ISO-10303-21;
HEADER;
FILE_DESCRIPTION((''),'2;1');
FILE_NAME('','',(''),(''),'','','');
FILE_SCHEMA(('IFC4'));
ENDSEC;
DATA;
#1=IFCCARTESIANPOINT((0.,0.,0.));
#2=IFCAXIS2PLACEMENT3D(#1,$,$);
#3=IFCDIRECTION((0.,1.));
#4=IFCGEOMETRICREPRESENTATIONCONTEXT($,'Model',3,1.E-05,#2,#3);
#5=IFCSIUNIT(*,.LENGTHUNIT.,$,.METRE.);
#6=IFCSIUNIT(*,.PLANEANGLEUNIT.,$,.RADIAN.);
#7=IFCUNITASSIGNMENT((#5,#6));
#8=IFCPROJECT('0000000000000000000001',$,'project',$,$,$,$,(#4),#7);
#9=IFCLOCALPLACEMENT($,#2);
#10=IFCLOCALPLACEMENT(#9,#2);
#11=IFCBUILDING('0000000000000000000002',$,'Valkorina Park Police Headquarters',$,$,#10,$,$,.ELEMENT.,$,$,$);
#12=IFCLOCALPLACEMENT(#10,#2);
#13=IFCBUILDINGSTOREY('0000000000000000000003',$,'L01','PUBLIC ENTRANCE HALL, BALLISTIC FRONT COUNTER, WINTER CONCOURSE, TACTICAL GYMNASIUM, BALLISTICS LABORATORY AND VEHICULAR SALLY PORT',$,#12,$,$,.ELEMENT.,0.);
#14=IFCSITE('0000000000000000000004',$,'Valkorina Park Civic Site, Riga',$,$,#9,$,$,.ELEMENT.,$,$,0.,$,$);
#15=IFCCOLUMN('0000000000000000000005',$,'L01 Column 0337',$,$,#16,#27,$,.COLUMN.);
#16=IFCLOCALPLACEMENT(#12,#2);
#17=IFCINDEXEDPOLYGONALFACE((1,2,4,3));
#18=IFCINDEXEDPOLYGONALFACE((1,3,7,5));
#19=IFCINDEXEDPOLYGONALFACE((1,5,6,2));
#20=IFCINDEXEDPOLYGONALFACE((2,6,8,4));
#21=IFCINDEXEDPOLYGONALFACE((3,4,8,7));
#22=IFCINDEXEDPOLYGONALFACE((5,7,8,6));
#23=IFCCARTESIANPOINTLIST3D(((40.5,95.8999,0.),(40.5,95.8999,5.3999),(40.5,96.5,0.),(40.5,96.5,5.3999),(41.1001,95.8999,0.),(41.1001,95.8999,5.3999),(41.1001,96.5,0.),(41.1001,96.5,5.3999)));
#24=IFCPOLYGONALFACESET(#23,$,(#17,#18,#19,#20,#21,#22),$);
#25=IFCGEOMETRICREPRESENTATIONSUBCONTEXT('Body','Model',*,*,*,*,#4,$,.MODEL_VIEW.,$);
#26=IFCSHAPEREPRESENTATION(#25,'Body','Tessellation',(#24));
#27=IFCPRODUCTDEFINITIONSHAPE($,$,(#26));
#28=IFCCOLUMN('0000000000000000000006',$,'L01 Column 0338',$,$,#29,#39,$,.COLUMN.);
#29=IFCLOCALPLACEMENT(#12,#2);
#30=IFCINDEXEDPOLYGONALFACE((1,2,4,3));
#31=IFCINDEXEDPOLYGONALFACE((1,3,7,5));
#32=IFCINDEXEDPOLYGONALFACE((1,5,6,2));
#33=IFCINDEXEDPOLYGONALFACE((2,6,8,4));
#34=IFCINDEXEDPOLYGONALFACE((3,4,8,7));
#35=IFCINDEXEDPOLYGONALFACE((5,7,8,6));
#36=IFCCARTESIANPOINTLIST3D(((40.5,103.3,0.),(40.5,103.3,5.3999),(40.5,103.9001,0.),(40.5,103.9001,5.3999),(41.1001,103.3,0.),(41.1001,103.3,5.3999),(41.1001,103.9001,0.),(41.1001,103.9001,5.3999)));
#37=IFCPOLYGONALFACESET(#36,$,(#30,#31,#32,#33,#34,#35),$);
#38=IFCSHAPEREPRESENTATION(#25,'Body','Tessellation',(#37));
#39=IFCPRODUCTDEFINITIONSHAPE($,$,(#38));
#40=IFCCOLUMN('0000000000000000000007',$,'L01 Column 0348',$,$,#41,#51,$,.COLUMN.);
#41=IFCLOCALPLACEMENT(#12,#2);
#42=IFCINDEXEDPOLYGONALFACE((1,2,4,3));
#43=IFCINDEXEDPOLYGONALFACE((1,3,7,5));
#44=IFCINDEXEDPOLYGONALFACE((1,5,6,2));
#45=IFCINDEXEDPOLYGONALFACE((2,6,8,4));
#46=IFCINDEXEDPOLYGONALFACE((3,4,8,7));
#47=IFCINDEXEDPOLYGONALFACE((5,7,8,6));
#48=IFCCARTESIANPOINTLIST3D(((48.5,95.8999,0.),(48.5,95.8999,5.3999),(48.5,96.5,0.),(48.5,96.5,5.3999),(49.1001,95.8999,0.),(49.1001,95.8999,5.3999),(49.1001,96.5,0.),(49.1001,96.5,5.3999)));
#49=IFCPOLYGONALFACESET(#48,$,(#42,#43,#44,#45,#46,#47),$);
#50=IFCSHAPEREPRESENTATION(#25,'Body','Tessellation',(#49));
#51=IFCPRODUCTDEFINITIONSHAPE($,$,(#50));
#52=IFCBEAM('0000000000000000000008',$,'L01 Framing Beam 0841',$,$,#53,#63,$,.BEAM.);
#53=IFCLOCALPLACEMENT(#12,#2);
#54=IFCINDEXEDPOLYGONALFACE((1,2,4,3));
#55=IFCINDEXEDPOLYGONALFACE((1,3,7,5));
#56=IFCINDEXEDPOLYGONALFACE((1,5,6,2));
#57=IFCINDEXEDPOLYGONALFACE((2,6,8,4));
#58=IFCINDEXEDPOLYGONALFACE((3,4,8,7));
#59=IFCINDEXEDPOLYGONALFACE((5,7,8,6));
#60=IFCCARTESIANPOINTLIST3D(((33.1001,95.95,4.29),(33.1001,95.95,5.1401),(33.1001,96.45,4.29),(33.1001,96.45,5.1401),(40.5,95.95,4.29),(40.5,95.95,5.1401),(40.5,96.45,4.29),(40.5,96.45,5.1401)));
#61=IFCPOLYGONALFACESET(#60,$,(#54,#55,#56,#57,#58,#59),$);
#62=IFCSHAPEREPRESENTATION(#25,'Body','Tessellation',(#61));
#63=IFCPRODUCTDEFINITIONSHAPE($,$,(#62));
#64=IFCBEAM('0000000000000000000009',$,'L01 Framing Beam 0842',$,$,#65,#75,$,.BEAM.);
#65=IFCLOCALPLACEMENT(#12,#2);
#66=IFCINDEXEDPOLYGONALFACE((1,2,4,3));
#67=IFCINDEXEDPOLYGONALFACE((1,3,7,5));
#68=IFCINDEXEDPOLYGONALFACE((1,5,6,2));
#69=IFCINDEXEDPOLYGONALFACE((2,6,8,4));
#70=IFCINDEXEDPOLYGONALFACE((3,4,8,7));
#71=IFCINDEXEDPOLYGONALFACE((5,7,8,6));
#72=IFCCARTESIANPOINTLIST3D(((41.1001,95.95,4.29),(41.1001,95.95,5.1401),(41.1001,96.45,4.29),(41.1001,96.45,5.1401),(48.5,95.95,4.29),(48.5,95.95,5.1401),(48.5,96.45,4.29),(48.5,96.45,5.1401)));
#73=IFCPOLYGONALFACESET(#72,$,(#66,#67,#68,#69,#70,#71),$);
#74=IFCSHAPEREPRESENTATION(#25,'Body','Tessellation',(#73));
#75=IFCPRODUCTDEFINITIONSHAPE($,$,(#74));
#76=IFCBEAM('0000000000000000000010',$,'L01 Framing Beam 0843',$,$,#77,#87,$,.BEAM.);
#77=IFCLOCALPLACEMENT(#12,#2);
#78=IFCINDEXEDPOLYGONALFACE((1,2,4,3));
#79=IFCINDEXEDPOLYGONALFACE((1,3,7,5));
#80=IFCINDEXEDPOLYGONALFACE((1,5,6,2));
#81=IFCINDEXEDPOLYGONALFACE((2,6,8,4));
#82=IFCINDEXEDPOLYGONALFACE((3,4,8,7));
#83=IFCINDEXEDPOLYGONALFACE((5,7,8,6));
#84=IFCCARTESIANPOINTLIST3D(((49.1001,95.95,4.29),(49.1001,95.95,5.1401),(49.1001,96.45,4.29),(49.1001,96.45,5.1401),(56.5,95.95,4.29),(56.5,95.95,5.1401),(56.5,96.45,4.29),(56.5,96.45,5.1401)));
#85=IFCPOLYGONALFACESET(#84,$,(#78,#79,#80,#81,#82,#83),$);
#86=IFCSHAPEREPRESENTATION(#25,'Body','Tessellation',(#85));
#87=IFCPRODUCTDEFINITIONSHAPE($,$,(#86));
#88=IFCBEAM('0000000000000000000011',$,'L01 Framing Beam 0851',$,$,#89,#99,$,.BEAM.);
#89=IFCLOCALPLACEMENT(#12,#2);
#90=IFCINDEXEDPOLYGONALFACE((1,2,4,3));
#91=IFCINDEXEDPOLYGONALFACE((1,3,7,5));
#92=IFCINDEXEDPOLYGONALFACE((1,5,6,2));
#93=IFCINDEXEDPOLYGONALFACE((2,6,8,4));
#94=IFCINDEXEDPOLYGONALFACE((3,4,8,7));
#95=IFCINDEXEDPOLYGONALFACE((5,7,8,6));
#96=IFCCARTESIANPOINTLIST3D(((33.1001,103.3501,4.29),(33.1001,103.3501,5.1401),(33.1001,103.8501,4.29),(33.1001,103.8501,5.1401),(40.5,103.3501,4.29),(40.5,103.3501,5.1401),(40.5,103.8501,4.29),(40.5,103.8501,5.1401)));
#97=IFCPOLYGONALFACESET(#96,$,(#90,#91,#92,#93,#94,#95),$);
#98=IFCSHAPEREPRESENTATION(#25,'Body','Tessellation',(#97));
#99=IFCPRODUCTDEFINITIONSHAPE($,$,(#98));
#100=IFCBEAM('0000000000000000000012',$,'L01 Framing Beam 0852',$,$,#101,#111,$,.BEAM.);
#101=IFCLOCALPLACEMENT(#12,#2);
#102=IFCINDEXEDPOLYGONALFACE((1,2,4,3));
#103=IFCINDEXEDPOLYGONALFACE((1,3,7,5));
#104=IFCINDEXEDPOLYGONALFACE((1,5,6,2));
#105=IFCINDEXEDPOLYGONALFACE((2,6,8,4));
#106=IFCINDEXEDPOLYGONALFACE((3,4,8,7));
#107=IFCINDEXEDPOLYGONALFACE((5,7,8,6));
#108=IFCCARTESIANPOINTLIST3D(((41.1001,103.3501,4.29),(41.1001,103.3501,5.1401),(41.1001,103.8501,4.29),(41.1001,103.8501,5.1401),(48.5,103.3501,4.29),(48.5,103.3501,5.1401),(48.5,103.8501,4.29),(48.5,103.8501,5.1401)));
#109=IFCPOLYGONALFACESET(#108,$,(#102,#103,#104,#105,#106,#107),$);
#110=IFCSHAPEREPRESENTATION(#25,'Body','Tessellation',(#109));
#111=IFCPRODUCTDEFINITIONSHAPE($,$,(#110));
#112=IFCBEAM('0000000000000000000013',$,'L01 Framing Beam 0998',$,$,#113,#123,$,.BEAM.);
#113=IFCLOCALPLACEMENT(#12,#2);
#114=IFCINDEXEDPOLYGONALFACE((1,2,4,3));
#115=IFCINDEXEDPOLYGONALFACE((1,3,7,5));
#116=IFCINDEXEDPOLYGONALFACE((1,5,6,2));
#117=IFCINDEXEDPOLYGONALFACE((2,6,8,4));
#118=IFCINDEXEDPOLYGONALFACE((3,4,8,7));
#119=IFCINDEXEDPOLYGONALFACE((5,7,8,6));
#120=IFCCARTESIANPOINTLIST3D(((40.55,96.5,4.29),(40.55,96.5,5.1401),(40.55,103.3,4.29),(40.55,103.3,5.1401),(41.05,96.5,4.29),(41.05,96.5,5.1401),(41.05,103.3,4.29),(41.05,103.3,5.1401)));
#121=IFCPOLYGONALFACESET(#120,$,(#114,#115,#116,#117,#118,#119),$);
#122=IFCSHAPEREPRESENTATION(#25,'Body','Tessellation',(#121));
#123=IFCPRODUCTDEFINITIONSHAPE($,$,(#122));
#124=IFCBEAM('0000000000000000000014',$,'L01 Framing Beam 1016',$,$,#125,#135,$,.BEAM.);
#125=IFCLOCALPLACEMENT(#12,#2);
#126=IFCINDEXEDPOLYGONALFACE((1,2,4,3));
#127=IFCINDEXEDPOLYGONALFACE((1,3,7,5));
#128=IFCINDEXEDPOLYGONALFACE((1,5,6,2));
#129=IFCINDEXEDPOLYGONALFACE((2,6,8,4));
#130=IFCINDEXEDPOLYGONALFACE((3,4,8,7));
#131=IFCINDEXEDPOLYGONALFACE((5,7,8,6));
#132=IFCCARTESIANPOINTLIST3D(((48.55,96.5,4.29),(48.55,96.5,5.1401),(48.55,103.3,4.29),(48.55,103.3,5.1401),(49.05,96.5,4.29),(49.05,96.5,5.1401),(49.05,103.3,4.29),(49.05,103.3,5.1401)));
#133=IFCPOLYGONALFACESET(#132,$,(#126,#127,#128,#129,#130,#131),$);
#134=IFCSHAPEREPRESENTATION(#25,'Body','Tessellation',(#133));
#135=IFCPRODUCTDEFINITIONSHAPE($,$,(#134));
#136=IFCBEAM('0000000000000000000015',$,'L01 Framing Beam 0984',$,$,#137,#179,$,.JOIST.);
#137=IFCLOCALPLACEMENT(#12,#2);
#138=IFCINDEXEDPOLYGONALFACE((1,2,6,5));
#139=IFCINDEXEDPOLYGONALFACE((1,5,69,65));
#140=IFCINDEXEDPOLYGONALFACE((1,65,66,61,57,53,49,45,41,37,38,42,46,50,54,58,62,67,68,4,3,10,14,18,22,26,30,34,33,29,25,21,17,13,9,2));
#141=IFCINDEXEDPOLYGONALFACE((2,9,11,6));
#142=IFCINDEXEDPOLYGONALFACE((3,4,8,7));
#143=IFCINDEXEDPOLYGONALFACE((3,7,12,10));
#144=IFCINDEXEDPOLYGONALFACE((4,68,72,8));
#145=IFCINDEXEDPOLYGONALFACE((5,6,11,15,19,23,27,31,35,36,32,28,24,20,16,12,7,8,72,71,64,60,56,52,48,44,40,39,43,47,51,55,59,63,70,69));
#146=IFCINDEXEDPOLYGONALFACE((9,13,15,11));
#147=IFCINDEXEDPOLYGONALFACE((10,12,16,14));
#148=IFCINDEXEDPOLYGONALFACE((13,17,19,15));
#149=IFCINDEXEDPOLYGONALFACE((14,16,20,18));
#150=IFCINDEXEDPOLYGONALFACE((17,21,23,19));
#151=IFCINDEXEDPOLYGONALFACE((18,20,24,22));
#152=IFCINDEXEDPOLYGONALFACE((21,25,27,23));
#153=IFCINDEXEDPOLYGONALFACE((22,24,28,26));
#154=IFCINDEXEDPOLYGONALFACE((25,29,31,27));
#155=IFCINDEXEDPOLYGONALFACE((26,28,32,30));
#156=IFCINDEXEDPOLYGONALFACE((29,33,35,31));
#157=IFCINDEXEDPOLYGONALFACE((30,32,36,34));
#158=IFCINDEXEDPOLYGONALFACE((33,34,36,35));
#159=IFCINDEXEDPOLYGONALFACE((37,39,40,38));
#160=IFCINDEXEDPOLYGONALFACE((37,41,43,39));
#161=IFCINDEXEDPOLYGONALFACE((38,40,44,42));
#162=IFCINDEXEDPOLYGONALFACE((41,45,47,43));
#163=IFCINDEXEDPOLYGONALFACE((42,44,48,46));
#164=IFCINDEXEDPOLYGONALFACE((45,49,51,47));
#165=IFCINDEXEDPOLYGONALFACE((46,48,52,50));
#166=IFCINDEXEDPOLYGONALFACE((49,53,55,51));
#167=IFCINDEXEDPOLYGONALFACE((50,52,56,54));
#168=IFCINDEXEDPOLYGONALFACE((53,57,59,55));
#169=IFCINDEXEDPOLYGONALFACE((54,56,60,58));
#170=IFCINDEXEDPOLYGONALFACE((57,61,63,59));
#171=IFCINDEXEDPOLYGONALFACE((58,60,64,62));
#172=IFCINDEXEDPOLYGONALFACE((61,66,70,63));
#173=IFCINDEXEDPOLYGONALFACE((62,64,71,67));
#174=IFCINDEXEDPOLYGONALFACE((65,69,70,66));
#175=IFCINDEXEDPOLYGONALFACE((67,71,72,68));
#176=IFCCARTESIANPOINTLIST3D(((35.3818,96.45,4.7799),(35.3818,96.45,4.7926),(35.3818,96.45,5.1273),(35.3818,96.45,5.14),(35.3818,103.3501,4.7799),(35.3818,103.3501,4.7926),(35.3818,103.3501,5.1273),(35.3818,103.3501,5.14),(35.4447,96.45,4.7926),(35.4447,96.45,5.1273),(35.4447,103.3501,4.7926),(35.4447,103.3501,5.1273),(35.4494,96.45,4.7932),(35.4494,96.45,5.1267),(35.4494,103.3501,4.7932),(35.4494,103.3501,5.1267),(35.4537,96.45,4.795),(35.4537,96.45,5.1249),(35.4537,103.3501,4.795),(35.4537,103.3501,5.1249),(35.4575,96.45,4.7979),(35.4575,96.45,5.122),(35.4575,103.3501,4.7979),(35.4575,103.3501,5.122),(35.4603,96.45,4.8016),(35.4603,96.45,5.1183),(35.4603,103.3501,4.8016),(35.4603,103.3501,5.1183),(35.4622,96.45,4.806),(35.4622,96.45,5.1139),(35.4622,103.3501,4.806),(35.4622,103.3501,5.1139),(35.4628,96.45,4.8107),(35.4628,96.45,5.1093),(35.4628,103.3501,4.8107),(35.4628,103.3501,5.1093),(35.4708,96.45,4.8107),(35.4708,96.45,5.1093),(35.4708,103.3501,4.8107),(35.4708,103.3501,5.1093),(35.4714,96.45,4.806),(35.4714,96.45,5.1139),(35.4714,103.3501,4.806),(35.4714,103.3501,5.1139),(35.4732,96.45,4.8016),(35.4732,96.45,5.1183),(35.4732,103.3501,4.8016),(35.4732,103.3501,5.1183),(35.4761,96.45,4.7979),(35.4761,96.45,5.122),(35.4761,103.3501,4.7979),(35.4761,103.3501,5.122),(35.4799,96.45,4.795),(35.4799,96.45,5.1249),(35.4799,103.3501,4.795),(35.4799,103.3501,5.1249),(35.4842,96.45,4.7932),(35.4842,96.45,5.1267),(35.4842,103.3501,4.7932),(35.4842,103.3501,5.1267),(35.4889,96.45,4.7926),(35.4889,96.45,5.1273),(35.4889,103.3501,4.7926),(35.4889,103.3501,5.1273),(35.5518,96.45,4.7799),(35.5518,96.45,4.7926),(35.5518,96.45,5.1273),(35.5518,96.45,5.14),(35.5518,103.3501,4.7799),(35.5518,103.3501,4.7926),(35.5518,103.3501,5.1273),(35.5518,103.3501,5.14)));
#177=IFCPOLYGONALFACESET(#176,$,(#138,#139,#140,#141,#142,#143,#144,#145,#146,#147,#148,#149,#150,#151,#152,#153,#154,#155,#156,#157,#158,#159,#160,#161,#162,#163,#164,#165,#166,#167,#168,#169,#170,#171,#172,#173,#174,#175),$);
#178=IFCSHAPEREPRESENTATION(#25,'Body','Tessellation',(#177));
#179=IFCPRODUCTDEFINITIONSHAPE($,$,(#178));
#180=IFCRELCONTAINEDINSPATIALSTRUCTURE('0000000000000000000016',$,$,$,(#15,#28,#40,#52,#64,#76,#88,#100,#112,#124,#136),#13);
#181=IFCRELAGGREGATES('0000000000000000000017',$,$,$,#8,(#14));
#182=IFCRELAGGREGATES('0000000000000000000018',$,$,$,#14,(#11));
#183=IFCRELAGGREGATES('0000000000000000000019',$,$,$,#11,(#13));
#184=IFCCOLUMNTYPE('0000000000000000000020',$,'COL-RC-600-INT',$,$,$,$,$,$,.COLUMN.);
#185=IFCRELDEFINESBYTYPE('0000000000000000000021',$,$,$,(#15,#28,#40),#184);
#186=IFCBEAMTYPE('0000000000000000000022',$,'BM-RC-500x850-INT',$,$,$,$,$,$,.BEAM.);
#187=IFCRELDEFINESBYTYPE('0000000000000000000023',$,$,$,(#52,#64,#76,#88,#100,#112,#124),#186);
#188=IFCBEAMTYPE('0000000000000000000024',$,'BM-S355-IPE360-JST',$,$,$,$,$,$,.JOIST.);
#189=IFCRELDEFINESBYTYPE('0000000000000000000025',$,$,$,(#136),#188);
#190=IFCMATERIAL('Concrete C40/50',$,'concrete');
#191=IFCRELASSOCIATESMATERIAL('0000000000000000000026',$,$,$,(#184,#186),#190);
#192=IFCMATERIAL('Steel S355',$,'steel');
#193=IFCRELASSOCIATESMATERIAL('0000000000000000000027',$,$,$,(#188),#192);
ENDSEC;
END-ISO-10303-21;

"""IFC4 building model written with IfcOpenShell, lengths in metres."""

from ifc_helpers import new_model, si_unit, direction, frame, origin, origin_2d, place, context, subcontext, project, spatial, rectangle, i_section, extrude, material, material_profile, profile_set, type_object, element, save


model = new_model("IFC4")

# Units and contexts
model_context = context("Model", 3, precision=1e-05, world=origin(), true_north=direction((0.0, 1.0)))
body_context = subcontext(model_context, "Body", "Model", "MODEL_VIEW")
ifc_project = project(units=[si_unit("LENGTHUNIT", "METRE"), si_unit("PLANEANGLEUNIT", "RADIAN")], contexts=[model_context])

# Site, building, storey
site_placement = place(None, origin())
site = spatial("IfcSite", under=ifc_project, at=site_placement, Name="Valkorina Park Civic Site, Riga", CompositionType="ELEMENT", RefElevation=0.0)
building_placement = place(site_placement, origin())
building = spatial("IfcBuilding", under=site, at=building_placement, Name="Valkorina Park Police Headquarters", CompositionType="ELEMENT")
storey_placement = place(building_placement, origin())
storey = spatial("IfcBuildingStorey", under=building, at=storey_placement, Name="L01", Description="PUBLIC ENTRANCE HALL, BALLISTIC FRONT COUNTER, WINTER CONCOURSE, TACTICAL GYMNASIUM, BALLISTICS LABORATORY AND VEHICULAR SALLY PORT", CompositionType="ELEMENT", Elevation=0.0)

# Columns
ifc_material_1 = material(Name="Concrete C40/50", Category="concrete")
ifc_material_profile_1 = material_profile(ifc_material_1, rectangle(XDim=0.6001, YDim=0.6001, at=origin_2d()), Name="RC COL 600x600")
ifc_profile_set_1 = profile_set([ifc_material_profile_1], Name="Concrete C40/50")
column_type = type_object("IfcColumnType", Name="COL-RC-600-INT", PredefinedType="COLUMN", material=ifc_profile_set_1)
for number, where, z_axis, x_axis, name in (
    (1, (40.8, 96.2, 0.0), (0.0, 0.0, 1.0), (1.0, 0.0, 0.0), "L01 Column 0337"),
    (2, (40.8, 103.6001, 0.0), (0.0, 0.0, 1.0), (1.0, 0.0, 0.0), "L01 Column 0338"),
    (3, (48.8, 96.2, 0.0), (0.0, 0.0, 1.0), (1.0, 0.0, 0.0), "L01 Column 0348"),
):
    element("IfcColumn", number, at=place(storey_placement, frame(where, z_axis=z_axis, x_axis=x_axis)), inside=storey, type_object=column_type, Name=name, PredefinedType="COLUMN", context=body_context, shape_type="SweptSolid", body=[
        extrude(rectangle(XDim=0.6001, YDim=0.6001, at=origin_2d()), origin(), (0.0, 0.0, 1.0), 5.3999),
    ])

# Beams
ifc_material_profile_2 = material_profile(ifc_material_1, rectangle(XDim=0.5, YDim=0.8501, at=origin_2d()), Name="RC BEAM 500x850")
ifc_profile_set_2 = profile_set([ifc_material_profile_2], Name="Concrete C40/50")
beam_type_1 = type_object("IfcBeamType", Name="BM-RC-500x850-INT", PredefinedType="BEAM", material=ifc_profile_set_2)
for number, where, z_axis, x_axis, name in (
    (4, (33.1001, 96.2, 4.7151), (1.0, 0.0, 0.0), (0.0, 1.0, 0.0), "L01 Framing Beam 0841"),
    (5, (41.1001, 96.2, 4.7151), (1.0, 0.0, 0.0), (0.0, 1.0, 0.0), "L01 Framing Beam 0842"),
    (6, (49.1001, 96.2, 4.7151), (1.0, 0.0, 0.0), (0.0, 1.0, 0.0), "L01 Framing Beam 0843"),
    (7, (33.1001, 103.6001, 4.7151), (1.0, 0.0, 0.0), (0.0, 1.0, 0.0), "L01 Framing Beam 0851"),
    (8, (41.1001, 103.6001, 4.7151), (1.0, 0.0, 0.0), (0.0, 1.0, 0.0), "L01 Framing Beam 0852"),
):
    element("IfcBeam", number, at=place(storey_placement, frame(where, z_axis=z_axis, x_axis=x_axis)), inside=storey, type_object=beam_type_1, Name=name, PredefinedType="BEAM", context=body_context, shape_type="SweptSolid", body=[
        extrude(rectangle(XDim=0.5, YDim=0.8501, at=origin_2d()), origin(), (0.0, 0.0, 1.0), 7.3999),
    ])
for number, where, z_axis, x_axis, name in (
    (9, (40.8, 96.5, 4.7151), (0.0, 1.0, 0.0), (-1.0, 0.0, 0.0), "L01 Framing Beam 0998"),
    (10, (48.8, 96.5, 4.7151), (0.0, 1.0, 0.0), (-1.0, 0.0, 0.0), "L01 Framing Beam 1016"),
):
    element("IfcBeam", number, at=place(storey_placement, frame(where, z_axis=z_axis, x_axis=x_axis)), inside=storey, type_object=beam_type_1, Name=name, PredefinedType="BEAM", context=body_context, shape_type="SweptSolid", body=[
        extrude(rectangle(XDim=0.5, YDim=0.8501, at=origin_2d()), origin(), (0.0, 0.0, 1.0), 6.8),
    ])
ifc_material_2 = material(Name="Steel S355", Category="steel")
ifc_material_profile_3 = material_profile(ifc_material_2, i_section(OverallWidth=0.1699, OverallDepth=0.3601, WebThickness=0.0081, FlangeThickness=0.0127, FilletRadius=0.0181, at=origin_2d()), Name="IPE 360")
ifc_profile_set_3 = profile_set([ifc_material_profile_3], Name="Steel S355")
beam_type_2 = type_object("IfcBeamType", Name="BM-S355-IPE360-JST", PredefinedType="JOIST", material=ifc_profile_set_3)
for number, where, z_axis, x_axis, name in (
    (11, (35.4668, 96.45, 4.96), (0.0, 1.0, 0.0), (-1.0, 0.0, 0.0), "L01 Framing Beam 0984"),
):
    element("IfcBeam", number, at=place(storey_placement, frame(where, z_axis=z_axis, x_axis=x_axis)), inside=storey, type_object=beam_type_2, Name=name, PredefinedType="JOIST", context=body_context, shape_type="SweptSolid", body=[
        extrude(i_section(OverallWidth=0.1699, OverallDepth=0.3601, WebThickness=0.0081, FlangeThickness=0.0127, FilletRadius=0.0181, at=origin_2d()), origin(), (0.0, 0.0, 1.0), 6.9001),
    ])

save(model, "model.ifc")
